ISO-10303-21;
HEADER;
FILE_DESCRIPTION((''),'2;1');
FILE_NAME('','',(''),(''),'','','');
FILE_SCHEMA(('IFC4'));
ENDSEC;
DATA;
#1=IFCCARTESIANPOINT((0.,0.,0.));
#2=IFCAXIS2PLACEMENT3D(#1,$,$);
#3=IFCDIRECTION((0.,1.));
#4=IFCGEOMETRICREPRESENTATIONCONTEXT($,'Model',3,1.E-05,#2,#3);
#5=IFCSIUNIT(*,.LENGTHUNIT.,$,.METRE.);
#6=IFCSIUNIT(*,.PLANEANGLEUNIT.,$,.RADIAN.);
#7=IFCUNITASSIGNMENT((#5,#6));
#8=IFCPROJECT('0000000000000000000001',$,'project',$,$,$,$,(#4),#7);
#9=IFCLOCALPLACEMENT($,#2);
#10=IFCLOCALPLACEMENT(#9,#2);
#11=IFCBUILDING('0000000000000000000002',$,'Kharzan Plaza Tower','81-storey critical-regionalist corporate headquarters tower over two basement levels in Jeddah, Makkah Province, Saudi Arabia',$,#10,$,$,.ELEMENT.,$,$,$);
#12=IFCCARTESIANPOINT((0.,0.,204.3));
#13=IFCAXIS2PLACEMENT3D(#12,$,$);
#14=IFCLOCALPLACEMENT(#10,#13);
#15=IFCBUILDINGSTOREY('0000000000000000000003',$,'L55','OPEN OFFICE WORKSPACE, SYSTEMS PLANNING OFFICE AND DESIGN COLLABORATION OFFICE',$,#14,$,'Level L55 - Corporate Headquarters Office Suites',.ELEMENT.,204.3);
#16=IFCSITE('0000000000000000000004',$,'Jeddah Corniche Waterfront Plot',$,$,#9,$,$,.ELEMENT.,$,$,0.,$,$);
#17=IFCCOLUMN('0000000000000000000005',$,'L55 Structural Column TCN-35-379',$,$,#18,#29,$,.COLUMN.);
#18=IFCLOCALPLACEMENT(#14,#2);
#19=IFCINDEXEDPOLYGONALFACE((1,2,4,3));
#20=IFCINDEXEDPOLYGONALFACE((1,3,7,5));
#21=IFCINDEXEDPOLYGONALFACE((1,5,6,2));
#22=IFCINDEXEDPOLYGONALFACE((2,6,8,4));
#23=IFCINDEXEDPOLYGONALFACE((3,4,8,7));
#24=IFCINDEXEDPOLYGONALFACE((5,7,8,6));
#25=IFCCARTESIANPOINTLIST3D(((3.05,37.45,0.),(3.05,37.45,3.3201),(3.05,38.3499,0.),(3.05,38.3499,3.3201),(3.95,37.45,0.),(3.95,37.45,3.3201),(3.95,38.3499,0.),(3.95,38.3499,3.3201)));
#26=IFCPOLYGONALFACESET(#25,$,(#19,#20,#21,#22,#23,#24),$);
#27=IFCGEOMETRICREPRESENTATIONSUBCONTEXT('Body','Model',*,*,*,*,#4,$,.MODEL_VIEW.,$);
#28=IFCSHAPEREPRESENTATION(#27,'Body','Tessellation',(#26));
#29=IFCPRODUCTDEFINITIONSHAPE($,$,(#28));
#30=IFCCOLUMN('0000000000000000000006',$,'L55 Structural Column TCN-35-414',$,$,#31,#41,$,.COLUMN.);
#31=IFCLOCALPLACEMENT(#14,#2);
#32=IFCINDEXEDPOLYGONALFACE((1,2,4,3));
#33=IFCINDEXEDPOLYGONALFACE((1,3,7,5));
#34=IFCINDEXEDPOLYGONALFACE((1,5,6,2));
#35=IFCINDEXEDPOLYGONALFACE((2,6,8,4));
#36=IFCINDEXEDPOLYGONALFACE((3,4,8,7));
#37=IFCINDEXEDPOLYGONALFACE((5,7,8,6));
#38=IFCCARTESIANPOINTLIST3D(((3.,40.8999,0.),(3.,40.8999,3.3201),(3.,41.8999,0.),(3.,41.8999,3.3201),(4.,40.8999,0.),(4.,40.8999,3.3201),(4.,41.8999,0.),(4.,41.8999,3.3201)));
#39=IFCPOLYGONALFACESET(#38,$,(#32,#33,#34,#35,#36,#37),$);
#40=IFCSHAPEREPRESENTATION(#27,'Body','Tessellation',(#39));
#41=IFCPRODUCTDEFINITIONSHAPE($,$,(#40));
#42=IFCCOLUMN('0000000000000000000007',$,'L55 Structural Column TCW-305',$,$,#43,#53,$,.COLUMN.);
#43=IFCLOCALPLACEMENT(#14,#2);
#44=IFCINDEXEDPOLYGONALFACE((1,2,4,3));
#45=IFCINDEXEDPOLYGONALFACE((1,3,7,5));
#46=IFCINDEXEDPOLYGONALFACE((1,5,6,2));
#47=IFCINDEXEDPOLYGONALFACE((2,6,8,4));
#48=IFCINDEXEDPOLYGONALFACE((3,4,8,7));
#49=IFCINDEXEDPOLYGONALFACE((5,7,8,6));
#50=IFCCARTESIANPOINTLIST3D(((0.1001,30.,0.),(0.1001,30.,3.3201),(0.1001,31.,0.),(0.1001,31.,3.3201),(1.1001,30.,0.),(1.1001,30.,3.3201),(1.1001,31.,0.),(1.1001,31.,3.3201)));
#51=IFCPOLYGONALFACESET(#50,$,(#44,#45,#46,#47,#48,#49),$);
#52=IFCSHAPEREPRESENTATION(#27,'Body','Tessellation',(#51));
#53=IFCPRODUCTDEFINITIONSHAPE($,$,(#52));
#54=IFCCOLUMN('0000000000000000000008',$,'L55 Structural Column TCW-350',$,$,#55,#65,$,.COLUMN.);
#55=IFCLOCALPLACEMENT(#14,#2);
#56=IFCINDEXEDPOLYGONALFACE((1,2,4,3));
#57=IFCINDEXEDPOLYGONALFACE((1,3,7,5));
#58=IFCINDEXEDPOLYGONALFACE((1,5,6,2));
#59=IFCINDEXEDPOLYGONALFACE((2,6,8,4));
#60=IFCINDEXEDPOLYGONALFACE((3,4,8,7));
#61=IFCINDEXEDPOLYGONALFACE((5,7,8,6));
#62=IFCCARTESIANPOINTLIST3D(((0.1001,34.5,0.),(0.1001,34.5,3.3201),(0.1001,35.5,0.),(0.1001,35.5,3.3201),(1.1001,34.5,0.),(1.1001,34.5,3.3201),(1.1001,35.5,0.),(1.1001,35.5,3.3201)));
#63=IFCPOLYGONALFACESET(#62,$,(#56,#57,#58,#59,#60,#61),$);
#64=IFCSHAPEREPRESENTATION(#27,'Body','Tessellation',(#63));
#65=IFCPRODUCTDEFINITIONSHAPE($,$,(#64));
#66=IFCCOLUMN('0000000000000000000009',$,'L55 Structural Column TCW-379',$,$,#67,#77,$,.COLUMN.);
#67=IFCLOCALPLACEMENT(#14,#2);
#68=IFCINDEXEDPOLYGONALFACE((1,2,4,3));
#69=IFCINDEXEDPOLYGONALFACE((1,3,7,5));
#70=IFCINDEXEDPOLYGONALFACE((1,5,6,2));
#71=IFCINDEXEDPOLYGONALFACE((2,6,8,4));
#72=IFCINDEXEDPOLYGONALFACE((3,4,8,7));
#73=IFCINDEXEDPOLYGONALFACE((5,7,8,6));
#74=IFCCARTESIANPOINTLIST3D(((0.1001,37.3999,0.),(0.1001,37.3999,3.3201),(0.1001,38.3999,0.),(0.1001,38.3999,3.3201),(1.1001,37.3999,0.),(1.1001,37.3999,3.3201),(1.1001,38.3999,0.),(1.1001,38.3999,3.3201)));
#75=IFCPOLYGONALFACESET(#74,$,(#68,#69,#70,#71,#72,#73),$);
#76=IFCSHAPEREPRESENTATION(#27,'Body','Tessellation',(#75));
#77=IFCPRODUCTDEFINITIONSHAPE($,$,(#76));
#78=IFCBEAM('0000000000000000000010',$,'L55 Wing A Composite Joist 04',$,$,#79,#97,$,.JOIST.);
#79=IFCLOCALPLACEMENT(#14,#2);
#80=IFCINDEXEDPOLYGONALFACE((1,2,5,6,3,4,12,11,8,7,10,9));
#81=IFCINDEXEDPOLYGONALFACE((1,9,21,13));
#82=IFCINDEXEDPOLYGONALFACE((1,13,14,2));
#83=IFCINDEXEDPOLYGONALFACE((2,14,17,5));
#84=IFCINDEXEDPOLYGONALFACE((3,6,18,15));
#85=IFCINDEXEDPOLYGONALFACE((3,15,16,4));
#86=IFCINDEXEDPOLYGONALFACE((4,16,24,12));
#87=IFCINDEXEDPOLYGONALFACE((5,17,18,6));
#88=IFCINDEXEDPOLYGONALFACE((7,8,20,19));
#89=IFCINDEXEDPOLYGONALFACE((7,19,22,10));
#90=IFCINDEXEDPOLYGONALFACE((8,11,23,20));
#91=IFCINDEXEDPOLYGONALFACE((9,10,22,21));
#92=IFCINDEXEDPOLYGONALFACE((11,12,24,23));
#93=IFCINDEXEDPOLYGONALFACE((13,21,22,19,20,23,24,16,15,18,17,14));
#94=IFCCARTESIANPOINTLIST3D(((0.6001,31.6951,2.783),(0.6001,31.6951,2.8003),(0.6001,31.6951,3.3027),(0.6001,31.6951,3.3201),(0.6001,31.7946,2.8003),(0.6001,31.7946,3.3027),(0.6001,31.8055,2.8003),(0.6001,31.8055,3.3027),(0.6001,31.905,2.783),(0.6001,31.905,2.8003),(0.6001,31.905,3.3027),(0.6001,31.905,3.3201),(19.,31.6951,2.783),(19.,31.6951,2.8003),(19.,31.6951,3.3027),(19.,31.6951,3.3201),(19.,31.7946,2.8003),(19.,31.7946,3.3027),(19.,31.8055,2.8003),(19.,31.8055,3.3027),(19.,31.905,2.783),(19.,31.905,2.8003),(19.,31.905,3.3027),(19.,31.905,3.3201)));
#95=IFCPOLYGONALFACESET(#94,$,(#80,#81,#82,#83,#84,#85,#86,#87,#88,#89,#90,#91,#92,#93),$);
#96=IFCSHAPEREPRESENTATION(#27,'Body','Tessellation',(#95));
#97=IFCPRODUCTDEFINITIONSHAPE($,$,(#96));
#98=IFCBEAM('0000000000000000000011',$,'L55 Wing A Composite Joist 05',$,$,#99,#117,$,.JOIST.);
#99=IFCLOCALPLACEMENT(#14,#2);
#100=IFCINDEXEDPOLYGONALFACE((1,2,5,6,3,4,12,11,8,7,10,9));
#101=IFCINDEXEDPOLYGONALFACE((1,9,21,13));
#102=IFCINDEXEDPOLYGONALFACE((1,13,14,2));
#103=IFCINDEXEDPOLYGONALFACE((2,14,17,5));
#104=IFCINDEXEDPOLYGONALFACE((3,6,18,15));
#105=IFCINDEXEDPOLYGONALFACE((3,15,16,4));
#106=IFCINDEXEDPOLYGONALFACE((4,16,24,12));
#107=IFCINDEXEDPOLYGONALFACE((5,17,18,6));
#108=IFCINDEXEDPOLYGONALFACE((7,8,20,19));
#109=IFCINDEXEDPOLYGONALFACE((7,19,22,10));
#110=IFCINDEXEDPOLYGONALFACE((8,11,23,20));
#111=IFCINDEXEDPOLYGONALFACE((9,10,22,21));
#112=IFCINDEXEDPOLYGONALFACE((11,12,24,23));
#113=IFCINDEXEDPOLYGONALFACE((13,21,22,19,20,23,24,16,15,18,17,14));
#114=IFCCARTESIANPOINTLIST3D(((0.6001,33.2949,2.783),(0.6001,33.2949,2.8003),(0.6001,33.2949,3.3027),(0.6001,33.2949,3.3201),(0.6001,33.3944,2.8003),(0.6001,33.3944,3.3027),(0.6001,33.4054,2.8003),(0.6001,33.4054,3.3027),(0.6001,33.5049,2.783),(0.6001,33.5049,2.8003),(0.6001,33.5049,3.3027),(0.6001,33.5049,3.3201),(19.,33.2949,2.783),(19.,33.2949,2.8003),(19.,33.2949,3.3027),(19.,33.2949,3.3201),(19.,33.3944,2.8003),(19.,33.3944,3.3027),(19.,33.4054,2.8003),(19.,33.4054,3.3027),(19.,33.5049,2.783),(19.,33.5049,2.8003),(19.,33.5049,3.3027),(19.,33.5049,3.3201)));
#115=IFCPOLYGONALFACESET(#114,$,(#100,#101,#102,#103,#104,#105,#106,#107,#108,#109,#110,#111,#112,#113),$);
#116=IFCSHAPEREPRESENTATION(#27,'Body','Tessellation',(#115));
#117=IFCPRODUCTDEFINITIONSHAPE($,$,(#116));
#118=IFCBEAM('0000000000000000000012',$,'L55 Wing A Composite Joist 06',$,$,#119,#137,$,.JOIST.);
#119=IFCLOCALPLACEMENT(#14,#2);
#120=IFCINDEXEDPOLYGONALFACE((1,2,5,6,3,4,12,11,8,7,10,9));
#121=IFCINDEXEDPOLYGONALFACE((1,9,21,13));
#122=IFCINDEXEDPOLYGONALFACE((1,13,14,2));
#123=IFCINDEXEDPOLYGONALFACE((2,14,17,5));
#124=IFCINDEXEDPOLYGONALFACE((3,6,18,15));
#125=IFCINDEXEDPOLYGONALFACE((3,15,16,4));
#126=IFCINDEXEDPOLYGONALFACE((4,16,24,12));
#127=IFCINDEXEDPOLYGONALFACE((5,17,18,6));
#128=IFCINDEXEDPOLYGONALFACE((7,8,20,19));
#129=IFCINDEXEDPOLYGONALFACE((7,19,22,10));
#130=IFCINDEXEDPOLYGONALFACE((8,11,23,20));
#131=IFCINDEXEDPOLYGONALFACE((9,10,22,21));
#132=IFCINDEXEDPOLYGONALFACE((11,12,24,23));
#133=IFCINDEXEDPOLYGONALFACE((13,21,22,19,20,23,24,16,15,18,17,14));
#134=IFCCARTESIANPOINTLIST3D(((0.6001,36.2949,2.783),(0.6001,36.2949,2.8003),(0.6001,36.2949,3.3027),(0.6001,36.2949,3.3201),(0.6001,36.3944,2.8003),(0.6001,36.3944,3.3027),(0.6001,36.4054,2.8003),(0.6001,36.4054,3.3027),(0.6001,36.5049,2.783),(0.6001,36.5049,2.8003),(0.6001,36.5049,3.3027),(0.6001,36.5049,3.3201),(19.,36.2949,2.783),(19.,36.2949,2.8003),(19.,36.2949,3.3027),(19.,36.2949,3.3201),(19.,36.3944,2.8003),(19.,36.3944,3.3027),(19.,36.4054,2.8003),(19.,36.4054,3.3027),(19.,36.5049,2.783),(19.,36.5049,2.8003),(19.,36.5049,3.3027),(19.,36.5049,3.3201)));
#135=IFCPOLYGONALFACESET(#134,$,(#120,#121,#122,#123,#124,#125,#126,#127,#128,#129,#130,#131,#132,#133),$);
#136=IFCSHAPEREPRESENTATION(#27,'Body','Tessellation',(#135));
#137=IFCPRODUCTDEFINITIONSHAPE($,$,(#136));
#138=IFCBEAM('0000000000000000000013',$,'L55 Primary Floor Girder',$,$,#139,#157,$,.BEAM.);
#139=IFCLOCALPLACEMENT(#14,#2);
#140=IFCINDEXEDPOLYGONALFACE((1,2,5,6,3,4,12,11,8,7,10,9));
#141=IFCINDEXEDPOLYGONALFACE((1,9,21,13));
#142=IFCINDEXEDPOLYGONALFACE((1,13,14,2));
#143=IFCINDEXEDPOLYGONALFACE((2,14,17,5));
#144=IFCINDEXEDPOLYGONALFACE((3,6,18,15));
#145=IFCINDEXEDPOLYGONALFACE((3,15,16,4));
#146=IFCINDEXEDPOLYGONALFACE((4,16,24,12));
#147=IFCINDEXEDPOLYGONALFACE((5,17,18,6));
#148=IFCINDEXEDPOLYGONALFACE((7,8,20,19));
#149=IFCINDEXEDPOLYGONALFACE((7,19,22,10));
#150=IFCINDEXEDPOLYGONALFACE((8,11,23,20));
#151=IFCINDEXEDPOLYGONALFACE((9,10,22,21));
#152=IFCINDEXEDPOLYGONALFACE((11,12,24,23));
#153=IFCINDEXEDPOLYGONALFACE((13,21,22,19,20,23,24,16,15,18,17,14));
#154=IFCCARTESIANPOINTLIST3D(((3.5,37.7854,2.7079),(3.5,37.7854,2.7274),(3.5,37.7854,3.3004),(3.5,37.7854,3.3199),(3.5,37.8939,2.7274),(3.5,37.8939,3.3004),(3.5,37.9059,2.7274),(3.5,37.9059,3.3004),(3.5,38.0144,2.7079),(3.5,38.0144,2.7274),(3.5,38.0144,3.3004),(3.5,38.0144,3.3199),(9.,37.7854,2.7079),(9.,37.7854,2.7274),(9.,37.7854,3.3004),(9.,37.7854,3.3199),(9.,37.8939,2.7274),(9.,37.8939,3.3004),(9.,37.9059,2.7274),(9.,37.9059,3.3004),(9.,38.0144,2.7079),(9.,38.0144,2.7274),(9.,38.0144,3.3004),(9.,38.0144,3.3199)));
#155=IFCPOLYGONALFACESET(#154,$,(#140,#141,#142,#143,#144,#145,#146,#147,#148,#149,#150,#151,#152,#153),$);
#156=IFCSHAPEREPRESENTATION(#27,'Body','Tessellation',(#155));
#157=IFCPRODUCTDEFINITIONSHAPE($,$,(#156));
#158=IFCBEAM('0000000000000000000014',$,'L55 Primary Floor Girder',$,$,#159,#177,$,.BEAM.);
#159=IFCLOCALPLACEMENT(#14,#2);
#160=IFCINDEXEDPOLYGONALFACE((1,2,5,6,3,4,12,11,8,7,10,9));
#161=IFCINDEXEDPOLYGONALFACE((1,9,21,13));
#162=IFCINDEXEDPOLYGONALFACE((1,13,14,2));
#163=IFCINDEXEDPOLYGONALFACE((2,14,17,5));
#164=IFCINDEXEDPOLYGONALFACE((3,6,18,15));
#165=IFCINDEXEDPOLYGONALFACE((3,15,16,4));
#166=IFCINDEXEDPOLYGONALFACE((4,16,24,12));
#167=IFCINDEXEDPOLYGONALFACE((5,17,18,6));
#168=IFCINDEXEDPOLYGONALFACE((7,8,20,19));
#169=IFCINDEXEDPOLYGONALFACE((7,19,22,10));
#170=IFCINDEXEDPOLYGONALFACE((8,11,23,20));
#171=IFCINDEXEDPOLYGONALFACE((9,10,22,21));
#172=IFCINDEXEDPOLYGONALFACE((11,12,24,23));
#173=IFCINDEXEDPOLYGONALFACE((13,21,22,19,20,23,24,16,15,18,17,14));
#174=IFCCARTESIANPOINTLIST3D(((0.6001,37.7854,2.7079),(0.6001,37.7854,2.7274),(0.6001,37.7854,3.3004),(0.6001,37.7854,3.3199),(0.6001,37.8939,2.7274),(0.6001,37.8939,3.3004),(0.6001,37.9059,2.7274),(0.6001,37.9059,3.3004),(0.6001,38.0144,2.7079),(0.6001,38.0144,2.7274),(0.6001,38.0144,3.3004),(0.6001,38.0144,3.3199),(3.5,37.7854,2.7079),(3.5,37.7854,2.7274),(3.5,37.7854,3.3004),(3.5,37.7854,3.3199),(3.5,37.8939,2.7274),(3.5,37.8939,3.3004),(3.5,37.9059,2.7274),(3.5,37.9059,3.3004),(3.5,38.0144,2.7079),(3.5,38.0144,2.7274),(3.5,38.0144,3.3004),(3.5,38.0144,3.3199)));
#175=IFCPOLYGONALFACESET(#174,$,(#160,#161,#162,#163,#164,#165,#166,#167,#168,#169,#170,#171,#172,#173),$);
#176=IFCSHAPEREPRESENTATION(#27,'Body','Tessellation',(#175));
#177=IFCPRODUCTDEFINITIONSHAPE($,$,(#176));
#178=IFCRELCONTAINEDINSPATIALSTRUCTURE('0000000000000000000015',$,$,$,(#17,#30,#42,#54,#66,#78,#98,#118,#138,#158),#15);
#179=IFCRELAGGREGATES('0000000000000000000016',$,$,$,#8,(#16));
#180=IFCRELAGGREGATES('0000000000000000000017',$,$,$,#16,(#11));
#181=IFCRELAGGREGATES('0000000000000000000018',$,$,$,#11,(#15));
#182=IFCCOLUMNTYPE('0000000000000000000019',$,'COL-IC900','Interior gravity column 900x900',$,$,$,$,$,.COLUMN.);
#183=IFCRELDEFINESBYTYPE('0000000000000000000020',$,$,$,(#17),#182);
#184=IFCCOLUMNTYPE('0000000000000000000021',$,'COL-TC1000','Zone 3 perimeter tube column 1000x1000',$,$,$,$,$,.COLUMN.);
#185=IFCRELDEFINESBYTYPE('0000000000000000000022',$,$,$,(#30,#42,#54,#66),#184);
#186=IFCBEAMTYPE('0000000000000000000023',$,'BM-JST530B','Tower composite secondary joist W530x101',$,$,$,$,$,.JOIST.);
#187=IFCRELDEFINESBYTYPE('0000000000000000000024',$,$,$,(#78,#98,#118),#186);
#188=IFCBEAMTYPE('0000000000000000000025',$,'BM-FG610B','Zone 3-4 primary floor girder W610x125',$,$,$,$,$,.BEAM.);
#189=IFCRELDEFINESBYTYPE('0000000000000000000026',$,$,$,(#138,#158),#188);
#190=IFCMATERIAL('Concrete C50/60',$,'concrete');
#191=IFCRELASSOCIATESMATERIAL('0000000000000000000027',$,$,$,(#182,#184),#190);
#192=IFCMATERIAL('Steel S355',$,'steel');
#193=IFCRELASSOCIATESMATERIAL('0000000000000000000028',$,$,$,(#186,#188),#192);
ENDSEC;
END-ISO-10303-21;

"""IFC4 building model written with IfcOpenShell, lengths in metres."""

from ifc_helpers import new_model, si_unit, direction, frame, origin, origin_2d, place, context, subcontext, project, spatial, rectangle, i_section, extrude, source, transform, mapped, material, material_profile, profile_set, type_object, element, save


model = new_model("IFC4")

# Units and contexts
model_context = context("Model", 3, precision=1e-05, world=origin(), true_north=direction((0.0, 1.0)))
body_context = subcontext(model_context, "Body", "Model", "MODEL_VIEW")
ifc_project = project(units=[si_unit("LENGTHUNIT", "METRE"), si_unit("PLANEANGLEUNIT", "RADIAN")], contexts=[model_context])

# Site, building, storey
site_placement = place(None, origin())
site = spatial("IfcSite", under=ifc_project, at=site_placement, Name="Jeddah Corniche Waterfront Plot", CompositionType="ELEMENT", RefElevation=0.0)
building_placement = place(site_placement, origin())
building = spatial("IfcBuilding", under=site, at=building_placement, Name="Kharzan Plaza Tower", Description="81-storey critical-regionalist corporate headquarters tower over two basement levels in Jeddah, Makkah Province, Saudi Arabia", CompositionType="ELEMENT")
storey_placement = place(building_placement, frame((0.0, 0.0, 204.3)))
storey = spatial("IfcBuildingStorey", under=building, at=storey_placement, Name="L55", Description="OPEN OFFICE WORKSPACE, SYSTEMS PLANNING OFFICE AND DESIGN COLLABORATION OFFICE", LongName="Level L55 - Corporate Headquarters Office Suites", CompositionType="ELEMENT", Elevation=204.3)

# Columns
ifc_material_1 = material(Name="Concrete C50/60", Category="concrete")
ifc_material_profile_1 = material_profile(ifc_material_1, rectangle(XDim=0.8999, YDim=0.8999, at=origin_2d()), Name="RC-IC900x900")
ifc_profile_set_1 = profile_set([ifc_material_profile_1], Name="Concrete C50/60")
column_type_1 = type_object("IfcColumnType", Name="COL-IC900", Description="Interior gravity column 900x900", PredefinedType="COLUMN", material=ifc_profile_set_1)
shared_shape_1 = source(origin(), body_context, "Body", "SweptSolid", [
    extrude(rectangle(XDim=0.8999, YDim=0.8999, at=origin_2d()), origin(), (0.0, 0.0, 1.0), 3.3201),
])
column_placement = place(storey_placement, frame((3.5, 37.8999, 0.0), z_axis=(0.0, 0.0, 1.0), x_axis=(1.0, 0.0, 0.0)))
element("IfcColumn", 1, at=column_placement, inside=storey, type_object=column_type_1, Name="L55 Structural Column TCN-35-379", PredefinedType="COLUMN", context=body_context, shape_type="MappedRepresentation", body=[
    mapped(shared_shape_1, transform((0.0, 0.0, 0.0), x_axis=(1.0, 0.0, 0.0), y_axis=(0.0, 1.0, 0.0), z_axis=(0.0, 0.0, 1.0))),
])
ifc_material_profile_2 = material_profile(ifc_material_1, rectangle(XDim=1.0, YDim=1.0, at=origin_2d()), Name="RC-TC1000x1000")
ifc_profile_set_2 = profile_set([ifc_material_profile_2], Name="Concrete C50/60")
column_type_2 = type_object("IfcColumnType", Name="COL-TC1000", Description="Zone 3 perimeter tube column 1000x1000", PredefinedType="COLUMN", material=ifc_profile_set_2)
shared_shape_2 = source(origin(), body_context, "Body", "SweptSolid", [
    extrude(rectangle(XDim=1.0, YDim=1.0, at=origin_2d()), origin(), (0.0, 0.0, 1.0), 3.3201),
])
for number, where, z_axis, x_axis, name in (
    (2, (3.5, 41.3999, 0.0), (0.0, 0.0, 1.0), (1.0, 0.0, 0.0), "L55 Structural Column TCN-35-414"),
    (3, (0.6001, 30.5, 0.0), (0.0, 0.0, 1.0), (1.0, 0.0, 0.0), "L55 Structural Column TCW-305"),
    (4, (0.6001, 35.0, 0.0), (0.0, 0.0, 1.0), (1.0, 0.0, 0.0), "L55 Structural Column TCW-350"),
    (5, (0.6001, 37.8999, 0.0), (0.0, 0.0, 1.0), (1.0, 0.0, 0.0), "L55 Structural Column TCW-379"),
):
    element("IfcColumn", number, at=place(storey_placement, frame(where, z_axis=z_axis, x_axis=x_axis)), inside=storey, type_object=column_type_2, Name=name, PredefinedType="COLUMN", context=body_context, shape_type="MappedRepresentation", body=[
        mapped(shared_shape_2, transform((0.0, 0.0, 0.0), x_axis=(1.0, 0.0, 0.0), y_axis=(0.0, 1.0, 0.0), z_axis=(0.0, 0.0, 1.0))),
    ])

# Beams
ifc_material_2 = material(Name="Steel S355", Category="steel")
ifc_material_profile_3 = material_profile(ifc_material_2, i_section(OverallWidth=0.21, OverallDepth=0.5371, WebThickness=0.011, FlangeThickness=0.0173, at=origin_2d()), Name="W530x101")
ifc_profile_set_3 = profile_set([ifc_material_profile_3], Name="Steel S355")
beam_type_1 = type_object("IfcBeamType", Name="BM-JST530B", Description="Tower composite secondary joist W530x101", PredefinedType="JOIST", material=ifc_profile_set_3)
shared_shape_3 = source(origin(), body_context, "Body", "SweptSolid", [
    extrude(i_section(OverallWidth=0.21, OverallDepth=0.5371, WebThickness=0.011, FlangeThickness=0.0173, at=origin_2d()), origin(), (0.0, 0.0, 1.0), 18.3999),
])
for number, where, z_axis, x_axis, name in (
    (6, (0.6001, 31.8, 3.0515), (1.0, 0.0, 0.0), (0.0, 1.0, 0.0), "L55 Wing A Composite Joist 04"),
    (7, (0.6001, 33.3999, 3.0515), (1.0, 0.0, 0.0), (0.0, 1.0, 0.0), "L55 Wing A Composite Joist 05"),
    (8, (0.6001, 36.3999, 3.0515), (1.0, 0.0, 0.0), (0.0, 1.0, 0.0), "L55 Wing A Composite Joist 06"),
):
    element("IfcBeam", number, at=place(storey_placement, frame(where, z_axis=z_axis, x_axis=x_axis)), inside=storey, type_object=beam_type_1, Name=name, PredefinedType="JOIST", context=body_context, shape_type="MappedRepresentation", body=[
        mapped(shared_shape_3, transform((0.0, 0.0, 0.0), x_axis=(1.0, 0.0, 0.0), y_axis=(0.0, 1.0, 0.0), z_axis=(0.0, 0.0, 1.0))),
    ])
ifc_material_profile_4 = material_profile(ifc_material_2, i_section(OverallWidth=0.229, OverallDepth=0.6121, WebThickness=0.012, FlangeThickness=0.0195, at=origin_2d()), Name="W610x125")
ifc_profile_set_4 = profile_set([ifc_material_profile_4], Name="Steel S355")
beam_type_2 = type_object("IfcBeamType", Name="BM-FG610B", Description="Zone 3-4 primary floor girder W610x125", PredefinedType="BEAM", material=ifc_profile_set_4)
shared_shape_4 = source(origin(), body_context, "Body", "SweptSolid", [
    extrude(i_section(OverallWidth=0.229, OverallDepth=0.6121, WebThickness=0.012, FlangeThickness=0.0195, at=origin_2d()), origin(), (0.0, 0.0, 1.0), 5.5),
])
beam_1_placement = place(storey_placement, frame((3.5, 37.8999, 3.0139), z_axis=(1.0, 0.0, 0.0), x_axis=(0.0, 1.0, 0.0)))
element("IfcBeam", 9, at=beam_1_placement, inside=storey, type_object=beam_type_2, Name="L55 Primary Floor Girder", PredefinedType="BEAM", context=body_context, shape_type="MappedRepresentation", body=[
    mapped(shared_shape_4, transform((0.0, 0.0, 0.0), x_axis=(1.0, 0.0, 0.0), y_axis=(0.0, 1.0, 0.0), z_axis=(0.0, 0.0, 1.0))),
])
shared_shape_5 = source(origin(), body_context, "Body", "SweptSolid", [
    extrude(i_section(OverallWidth=0.229, OverallDepth=0.6121, WebThickness=0.012, FlangeThickness=0.0195, at=origin_2d()), origin(), (0.0, 0.0, 1.0), 2.8999),
])
beam_2_placement = place(storey_placement, frame((0.6001, 37.8999, 3.0139), z_axis=(1.0, 0.0, 0.0), x_axis=(0.0, 1.0, 0.0)))
element("IfcBeam", 10, at=beam_2_placement, inside=storey, type_object=beam_type_2, Name="L55 Primary Floor Girder", PredefinedType="BEAM", context=body_context, shape_type="MappedRepresentation", body=[
    mapped(shared_shape_5, transform((0.0, 0.0, 0.0), x_axis=(1.0, 0.0, 0.0), y_axis=(0.0, 1.0, 0.0), z_axis=(0.0, 0.0, 1.0))),
])

save(model, "model.ifc")
